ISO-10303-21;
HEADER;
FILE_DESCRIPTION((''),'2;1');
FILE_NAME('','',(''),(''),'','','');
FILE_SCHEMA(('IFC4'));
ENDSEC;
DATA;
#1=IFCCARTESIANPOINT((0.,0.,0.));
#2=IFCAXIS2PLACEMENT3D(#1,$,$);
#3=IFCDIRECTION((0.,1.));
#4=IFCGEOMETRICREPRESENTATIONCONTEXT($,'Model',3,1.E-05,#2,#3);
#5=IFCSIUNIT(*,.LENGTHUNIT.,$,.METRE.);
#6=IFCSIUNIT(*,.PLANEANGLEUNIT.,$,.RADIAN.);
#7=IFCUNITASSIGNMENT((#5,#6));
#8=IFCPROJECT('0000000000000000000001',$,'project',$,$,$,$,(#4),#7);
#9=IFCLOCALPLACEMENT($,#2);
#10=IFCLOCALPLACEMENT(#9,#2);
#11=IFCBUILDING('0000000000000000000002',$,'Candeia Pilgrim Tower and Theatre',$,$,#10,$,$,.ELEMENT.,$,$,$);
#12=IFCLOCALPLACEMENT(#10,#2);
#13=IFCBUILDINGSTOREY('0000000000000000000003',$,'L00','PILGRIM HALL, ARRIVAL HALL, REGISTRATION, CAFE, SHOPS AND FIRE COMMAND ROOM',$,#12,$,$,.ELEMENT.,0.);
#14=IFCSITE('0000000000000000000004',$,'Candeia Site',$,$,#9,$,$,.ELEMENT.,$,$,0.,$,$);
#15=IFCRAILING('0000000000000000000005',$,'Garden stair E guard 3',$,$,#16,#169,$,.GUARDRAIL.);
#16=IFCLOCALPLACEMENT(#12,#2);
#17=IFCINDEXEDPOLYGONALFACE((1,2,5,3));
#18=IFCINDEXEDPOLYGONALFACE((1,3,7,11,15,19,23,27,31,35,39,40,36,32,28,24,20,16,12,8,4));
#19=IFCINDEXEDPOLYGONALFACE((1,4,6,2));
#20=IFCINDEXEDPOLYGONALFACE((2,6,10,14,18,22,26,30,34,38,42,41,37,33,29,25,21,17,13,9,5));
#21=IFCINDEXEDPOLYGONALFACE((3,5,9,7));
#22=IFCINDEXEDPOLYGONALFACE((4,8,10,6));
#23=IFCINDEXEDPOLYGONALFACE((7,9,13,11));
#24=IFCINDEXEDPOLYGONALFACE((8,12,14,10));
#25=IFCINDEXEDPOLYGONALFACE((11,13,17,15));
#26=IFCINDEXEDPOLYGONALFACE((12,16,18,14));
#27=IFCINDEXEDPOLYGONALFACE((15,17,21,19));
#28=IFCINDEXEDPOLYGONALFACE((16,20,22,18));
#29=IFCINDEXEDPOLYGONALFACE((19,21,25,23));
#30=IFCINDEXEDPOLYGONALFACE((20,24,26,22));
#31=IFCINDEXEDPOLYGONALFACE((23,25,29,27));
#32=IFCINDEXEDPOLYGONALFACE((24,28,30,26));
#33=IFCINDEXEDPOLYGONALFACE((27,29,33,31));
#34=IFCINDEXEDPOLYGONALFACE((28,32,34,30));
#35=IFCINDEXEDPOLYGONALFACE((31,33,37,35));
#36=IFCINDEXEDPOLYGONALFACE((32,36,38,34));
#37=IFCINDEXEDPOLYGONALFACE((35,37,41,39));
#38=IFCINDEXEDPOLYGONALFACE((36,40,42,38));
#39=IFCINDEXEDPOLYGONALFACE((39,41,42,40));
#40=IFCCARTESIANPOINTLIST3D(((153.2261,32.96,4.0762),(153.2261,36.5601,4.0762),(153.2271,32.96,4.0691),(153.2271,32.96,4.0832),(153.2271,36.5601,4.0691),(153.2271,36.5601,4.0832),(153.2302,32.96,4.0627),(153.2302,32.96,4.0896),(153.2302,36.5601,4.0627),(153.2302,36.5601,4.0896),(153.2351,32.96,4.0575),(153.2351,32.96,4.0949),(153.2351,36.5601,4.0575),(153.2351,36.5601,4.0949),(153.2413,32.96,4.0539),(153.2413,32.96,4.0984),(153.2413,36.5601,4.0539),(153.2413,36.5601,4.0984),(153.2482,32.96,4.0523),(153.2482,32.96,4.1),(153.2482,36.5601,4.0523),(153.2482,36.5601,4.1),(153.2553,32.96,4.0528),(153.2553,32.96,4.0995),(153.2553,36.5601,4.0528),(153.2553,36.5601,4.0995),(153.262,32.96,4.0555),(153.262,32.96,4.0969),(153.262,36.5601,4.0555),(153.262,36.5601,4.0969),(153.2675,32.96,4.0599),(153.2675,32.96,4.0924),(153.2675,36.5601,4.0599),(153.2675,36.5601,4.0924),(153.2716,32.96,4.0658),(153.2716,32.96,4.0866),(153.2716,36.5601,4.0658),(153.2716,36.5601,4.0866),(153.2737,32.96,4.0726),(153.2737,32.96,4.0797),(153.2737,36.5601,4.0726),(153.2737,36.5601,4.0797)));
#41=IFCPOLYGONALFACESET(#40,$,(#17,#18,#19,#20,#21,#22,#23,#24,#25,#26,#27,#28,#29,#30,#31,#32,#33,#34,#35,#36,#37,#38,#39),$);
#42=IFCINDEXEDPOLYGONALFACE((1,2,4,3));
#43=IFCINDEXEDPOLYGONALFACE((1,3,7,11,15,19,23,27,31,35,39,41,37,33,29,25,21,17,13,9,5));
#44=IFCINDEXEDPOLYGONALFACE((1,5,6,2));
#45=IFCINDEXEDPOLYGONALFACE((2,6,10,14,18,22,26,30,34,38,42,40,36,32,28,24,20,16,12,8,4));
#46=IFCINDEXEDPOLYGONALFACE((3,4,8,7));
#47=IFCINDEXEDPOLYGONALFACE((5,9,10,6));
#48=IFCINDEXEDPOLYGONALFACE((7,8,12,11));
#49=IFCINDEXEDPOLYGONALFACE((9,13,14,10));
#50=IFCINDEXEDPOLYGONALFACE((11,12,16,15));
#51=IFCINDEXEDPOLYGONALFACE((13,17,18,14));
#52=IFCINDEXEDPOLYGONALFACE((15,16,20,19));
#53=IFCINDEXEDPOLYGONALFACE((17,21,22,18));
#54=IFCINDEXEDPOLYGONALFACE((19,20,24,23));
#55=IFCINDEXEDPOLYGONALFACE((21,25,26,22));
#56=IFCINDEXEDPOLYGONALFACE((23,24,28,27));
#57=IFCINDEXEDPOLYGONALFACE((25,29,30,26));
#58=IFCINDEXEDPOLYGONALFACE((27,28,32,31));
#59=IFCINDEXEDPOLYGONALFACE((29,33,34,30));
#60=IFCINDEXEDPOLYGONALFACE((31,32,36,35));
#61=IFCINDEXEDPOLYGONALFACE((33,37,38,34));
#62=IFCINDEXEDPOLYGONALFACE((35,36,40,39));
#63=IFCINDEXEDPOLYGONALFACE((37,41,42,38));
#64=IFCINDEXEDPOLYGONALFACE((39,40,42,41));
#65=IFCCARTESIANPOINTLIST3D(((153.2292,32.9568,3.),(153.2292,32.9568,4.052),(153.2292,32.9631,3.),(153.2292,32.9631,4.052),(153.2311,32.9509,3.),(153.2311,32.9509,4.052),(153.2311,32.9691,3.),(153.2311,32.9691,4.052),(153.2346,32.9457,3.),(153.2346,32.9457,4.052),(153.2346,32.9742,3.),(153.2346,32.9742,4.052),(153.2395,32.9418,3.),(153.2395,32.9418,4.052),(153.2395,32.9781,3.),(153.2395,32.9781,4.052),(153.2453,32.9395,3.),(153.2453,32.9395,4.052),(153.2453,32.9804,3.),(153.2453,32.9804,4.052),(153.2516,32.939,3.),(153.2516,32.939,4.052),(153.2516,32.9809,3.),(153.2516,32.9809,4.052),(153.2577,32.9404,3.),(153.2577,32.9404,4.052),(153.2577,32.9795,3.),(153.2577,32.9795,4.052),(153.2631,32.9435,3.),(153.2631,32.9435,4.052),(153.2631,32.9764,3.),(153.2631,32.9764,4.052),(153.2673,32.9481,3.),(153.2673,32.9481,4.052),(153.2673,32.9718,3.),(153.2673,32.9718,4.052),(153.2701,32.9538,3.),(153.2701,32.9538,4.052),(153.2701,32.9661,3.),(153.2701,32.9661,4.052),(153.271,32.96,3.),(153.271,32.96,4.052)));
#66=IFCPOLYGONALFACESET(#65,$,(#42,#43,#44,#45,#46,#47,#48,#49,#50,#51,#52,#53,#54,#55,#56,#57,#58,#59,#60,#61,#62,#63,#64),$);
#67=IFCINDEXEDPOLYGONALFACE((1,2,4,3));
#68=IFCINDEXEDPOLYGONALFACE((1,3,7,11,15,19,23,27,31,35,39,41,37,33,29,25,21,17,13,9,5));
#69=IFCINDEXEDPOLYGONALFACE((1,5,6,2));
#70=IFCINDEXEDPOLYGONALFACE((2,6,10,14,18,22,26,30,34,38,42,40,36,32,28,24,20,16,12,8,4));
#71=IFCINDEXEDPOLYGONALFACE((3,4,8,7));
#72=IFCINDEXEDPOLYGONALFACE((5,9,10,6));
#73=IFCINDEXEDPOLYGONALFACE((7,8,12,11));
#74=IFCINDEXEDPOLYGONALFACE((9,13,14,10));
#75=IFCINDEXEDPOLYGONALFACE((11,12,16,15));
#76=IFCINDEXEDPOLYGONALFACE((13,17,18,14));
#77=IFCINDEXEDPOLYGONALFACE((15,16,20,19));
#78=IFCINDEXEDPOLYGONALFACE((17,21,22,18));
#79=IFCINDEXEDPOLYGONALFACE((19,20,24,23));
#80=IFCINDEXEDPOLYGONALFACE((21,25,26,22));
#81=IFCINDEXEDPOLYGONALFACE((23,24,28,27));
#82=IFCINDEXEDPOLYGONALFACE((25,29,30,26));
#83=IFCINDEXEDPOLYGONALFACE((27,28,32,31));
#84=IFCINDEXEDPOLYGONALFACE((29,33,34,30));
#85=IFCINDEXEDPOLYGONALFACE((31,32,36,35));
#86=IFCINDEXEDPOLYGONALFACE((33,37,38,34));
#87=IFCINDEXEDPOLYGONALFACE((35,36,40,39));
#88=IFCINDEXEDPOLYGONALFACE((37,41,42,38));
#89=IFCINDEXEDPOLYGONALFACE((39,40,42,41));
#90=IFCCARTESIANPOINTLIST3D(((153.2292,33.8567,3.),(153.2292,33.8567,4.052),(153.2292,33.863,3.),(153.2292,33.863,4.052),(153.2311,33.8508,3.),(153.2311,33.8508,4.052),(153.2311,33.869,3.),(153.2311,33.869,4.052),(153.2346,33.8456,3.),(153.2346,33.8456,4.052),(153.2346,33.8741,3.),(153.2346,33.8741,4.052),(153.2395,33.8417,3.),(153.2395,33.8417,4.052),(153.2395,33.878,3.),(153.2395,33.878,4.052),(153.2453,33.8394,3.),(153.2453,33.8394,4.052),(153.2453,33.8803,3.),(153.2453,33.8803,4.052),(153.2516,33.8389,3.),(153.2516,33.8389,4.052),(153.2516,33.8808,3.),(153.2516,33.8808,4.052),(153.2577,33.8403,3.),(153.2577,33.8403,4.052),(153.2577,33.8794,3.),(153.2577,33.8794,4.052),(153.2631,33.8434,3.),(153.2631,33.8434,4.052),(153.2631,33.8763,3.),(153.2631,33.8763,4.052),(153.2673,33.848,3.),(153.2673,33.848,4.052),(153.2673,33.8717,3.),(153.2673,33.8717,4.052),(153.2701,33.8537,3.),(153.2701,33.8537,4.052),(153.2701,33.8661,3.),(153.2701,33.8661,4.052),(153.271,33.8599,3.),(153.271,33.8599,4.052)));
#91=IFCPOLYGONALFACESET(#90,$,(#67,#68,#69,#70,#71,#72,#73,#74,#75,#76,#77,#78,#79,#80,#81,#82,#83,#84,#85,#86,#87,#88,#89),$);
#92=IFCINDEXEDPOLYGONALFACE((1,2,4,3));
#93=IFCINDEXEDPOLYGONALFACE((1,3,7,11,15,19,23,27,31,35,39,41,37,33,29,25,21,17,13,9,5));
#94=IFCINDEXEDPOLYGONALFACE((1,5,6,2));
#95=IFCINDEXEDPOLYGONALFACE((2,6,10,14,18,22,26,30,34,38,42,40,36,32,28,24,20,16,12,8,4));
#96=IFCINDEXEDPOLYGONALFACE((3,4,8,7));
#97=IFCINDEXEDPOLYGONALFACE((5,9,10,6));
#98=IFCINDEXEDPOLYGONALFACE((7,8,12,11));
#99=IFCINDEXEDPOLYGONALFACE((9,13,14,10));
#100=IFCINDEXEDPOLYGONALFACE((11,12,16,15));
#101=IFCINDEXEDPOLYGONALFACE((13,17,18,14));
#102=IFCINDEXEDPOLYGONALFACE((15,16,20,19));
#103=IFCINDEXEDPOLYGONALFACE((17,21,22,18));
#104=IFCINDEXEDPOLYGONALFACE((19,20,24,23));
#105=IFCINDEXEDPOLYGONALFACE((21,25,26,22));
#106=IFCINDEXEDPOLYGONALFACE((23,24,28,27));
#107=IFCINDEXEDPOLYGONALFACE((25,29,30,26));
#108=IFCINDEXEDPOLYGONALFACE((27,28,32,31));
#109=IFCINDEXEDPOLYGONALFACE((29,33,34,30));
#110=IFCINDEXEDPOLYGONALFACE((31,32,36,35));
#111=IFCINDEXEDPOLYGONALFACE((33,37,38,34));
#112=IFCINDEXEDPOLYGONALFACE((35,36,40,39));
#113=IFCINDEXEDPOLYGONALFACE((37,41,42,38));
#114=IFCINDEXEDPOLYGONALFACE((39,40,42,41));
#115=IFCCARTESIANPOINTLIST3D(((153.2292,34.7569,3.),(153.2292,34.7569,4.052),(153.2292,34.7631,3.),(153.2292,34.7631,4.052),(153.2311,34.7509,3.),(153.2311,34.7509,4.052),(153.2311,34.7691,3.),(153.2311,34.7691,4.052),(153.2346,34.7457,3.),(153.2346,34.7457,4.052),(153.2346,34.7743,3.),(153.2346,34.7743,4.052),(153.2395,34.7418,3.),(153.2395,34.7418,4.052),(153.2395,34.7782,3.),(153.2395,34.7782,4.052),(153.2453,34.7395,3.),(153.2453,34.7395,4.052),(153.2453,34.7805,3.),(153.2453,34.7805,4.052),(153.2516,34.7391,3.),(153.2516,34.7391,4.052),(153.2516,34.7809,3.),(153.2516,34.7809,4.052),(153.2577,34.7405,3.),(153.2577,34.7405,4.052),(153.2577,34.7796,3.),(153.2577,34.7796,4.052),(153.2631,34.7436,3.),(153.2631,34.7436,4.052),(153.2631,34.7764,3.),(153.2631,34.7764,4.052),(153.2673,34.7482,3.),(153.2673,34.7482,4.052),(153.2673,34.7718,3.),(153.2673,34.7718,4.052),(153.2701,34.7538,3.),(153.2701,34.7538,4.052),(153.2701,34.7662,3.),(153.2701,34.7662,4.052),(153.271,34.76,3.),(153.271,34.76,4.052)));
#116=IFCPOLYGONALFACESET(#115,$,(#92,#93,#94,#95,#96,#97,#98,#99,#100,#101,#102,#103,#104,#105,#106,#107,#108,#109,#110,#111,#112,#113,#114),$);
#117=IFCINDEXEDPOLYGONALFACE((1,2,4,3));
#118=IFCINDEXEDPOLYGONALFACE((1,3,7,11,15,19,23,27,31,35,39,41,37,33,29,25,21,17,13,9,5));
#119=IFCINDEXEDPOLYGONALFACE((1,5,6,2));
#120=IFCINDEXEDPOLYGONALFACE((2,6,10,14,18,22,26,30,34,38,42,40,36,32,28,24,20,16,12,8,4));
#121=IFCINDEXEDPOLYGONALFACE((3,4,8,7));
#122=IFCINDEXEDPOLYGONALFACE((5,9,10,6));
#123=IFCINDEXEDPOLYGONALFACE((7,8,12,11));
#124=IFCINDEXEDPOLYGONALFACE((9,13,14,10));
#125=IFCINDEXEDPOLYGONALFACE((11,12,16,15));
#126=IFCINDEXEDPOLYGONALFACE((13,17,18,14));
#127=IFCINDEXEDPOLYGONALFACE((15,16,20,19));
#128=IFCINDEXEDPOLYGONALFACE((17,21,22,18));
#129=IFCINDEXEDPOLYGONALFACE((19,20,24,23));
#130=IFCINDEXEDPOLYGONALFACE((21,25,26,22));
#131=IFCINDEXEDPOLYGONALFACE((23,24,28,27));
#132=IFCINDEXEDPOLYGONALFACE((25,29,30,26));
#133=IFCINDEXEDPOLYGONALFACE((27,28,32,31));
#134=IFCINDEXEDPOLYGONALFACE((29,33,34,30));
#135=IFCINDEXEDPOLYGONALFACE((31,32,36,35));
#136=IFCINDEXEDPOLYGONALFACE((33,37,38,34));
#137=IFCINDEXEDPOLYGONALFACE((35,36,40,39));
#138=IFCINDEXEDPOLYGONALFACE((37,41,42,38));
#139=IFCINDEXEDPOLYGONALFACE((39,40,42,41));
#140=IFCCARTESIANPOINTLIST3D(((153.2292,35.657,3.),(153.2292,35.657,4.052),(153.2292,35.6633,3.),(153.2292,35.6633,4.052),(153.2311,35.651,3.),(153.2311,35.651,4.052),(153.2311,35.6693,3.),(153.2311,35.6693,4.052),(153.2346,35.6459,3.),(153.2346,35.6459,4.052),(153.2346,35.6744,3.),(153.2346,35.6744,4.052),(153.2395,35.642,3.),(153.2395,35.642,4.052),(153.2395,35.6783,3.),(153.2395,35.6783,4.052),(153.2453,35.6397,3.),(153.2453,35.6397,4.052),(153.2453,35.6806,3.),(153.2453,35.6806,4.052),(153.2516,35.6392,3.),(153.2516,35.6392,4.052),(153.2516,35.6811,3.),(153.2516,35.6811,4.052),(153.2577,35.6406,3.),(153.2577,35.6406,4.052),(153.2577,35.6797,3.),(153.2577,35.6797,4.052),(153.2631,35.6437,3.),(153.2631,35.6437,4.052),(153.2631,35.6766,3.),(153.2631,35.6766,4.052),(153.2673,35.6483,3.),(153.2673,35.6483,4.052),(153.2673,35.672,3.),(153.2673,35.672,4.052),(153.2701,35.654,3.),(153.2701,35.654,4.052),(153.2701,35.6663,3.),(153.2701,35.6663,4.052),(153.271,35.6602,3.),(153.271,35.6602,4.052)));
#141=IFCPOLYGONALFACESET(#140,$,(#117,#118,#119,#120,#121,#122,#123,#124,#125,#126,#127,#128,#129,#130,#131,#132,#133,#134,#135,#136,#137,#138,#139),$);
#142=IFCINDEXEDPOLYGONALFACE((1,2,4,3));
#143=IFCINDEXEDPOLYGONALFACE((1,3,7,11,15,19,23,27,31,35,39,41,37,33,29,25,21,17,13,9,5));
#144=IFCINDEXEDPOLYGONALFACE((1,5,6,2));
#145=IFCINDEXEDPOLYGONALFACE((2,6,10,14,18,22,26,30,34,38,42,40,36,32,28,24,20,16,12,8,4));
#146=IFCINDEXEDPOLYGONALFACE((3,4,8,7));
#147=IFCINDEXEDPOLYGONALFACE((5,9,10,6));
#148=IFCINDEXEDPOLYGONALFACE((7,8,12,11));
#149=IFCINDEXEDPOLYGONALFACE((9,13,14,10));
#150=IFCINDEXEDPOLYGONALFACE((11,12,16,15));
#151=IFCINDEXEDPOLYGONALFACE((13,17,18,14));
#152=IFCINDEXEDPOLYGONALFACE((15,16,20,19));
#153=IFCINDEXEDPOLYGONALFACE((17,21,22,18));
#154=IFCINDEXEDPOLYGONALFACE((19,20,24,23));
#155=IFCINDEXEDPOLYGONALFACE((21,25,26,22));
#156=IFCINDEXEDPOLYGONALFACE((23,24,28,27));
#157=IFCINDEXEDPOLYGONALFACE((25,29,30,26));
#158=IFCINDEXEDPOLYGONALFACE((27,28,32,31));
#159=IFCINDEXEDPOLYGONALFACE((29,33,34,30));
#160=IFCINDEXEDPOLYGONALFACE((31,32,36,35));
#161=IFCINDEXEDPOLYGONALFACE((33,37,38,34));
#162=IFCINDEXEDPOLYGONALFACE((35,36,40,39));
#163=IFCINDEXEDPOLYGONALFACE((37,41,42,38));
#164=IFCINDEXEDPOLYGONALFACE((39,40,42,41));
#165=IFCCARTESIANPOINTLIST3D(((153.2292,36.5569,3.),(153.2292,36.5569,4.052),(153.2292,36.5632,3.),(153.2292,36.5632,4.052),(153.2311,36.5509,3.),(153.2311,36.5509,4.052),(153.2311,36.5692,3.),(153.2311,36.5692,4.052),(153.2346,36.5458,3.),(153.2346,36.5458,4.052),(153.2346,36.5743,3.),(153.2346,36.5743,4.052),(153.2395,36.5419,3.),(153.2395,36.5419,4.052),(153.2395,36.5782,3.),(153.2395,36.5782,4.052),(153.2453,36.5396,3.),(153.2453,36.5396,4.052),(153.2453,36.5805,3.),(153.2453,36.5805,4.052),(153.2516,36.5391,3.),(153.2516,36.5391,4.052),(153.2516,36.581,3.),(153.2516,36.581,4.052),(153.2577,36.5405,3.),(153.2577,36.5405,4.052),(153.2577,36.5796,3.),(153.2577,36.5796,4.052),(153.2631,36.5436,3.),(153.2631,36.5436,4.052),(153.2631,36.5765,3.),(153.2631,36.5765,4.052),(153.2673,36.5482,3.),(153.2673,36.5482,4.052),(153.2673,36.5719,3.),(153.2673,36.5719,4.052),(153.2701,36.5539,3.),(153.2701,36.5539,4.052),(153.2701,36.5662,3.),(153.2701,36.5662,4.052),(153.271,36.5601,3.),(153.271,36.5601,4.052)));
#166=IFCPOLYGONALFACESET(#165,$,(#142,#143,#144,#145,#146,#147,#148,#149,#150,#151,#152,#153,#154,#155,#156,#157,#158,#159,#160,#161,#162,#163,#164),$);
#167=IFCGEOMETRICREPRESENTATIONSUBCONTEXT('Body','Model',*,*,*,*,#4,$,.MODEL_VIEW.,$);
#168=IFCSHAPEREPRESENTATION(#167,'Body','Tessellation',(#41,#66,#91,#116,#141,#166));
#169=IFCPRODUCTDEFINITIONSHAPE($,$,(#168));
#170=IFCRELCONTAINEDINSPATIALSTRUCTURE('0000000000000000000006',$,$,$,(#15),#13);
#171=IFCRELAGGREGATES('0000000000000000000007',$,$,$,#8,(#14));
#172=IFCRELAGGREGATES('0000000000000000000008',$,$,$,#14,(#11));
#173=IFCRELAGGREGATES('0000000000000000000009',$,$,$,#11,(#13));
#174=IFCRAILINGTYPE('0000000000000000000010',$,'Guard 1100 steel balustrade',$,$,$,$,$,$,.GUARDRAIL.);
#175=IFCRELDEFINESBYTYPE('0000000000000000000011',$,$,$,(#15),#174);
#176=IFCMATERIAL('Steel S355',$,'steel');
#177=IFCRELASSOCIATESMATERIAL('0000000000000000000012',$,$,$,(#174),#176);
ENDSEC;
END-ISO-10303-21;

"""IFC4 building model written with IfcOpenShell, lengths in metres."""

from ifc_helpers import new_model, si_unit, direction, frame, origin, origin_2d, place, context, subcontext, project, spatial, circle, extrude, material, type_object, element, save


model = new_model("IFC4")

# Units and contexts
model_context = context("Model", 3, precision=1e-05, world=origin(), true_north=direction((0.0, 1.0)))
body_context = subcontext(model_context, "Body", "Model", "MODEL_VIEW")
ifc_project = project(units=[si_unit("LENGTHUNIT", "METRE"), si_unit("PLANEANGLEUNIT", "RADIAN")], contexts=[model_context])

# Site, building, storey
site_placement = place(None, origin())
site = spatial("IfcSite", under=ifc_project, at=site_placement, Name="Candeia Site", CompositionType="ELEMENT", RefElevation=0.0)
building_placement = place(site_placement, origin())
building = spatial("IfcBuilding", under=site, at=building_placement, Name="Candeia Pilgrim Tower and Theatre", CompositionType="ELEMENT")
storey_placement = place(building_placement, origin())
storey = spatial("IfcBuildingStorey", under=building, at=storey_placement, Name="L00", Description="PILGRIM HALL, ARRIVAL HALL, REGISTRATION, CAFE, SHOPS AND FIRE COMMAND ROOM", CompositionType="ELEMENT", Elevation=0.0)

# Railing
ifc_material_1 = material(Name="Steel S355", Category="steel")
railing_type_1 = type_object("IfcRailingType", Name="Guard 1100 steel balustrade", PredefinedType="GUARDRAIL", material=ifc_material_1)
for number, where, name in (
    (1, (153.25, 32.96, 3.0), "Garden stair E guard 3"),
):
    element("IfcRailing", number, at=place(storey_placement, frame(where)), inside=storey, type_object=railing_type_1, Name=name, PredefinedType="GUARDRAIL", context=body_context, shape_type="SweptSolid", body=[
        extrude(circle(Radius=0.0239, at=origin_2d()), frame((0.0, 0.0, 1.0762), z_axis=(0.0, 1.0, 0.0), x_axis=(-1.0, 0.0, 0.0)), (0.0, 0.0, 1.0), 3.6001),
        extrude(circle(Radius=0.021, at=origin_2d()), origin(), (0.0, 0.0, 1.0), 1.052),
        extrude(circle(Radius=0.021, at=origin_2d()), frame((0.0, 0.8999, 0.0)), (0.0, 0.0, 1.0), 1.052),
        extrude(circle(Radius=0.021, at=origin_2d()), frame((0.0, 1.8, 0.0)), (0.0, 0.0, 1.0), 1.052),
        extrude(circle(Radius=0.021, at=origin_2d()), frame((0.0, 2.7002, 0.0)), (0.0, 0.0, 1.0), 1.052),
        extrude(circle(Radius=0.021, at=origin_2d()), frame((0.0, 3.6001, 0.0)), (0.0, 0.0, 1.0), 1.052),
    ])

save(model, "model.ifc")
